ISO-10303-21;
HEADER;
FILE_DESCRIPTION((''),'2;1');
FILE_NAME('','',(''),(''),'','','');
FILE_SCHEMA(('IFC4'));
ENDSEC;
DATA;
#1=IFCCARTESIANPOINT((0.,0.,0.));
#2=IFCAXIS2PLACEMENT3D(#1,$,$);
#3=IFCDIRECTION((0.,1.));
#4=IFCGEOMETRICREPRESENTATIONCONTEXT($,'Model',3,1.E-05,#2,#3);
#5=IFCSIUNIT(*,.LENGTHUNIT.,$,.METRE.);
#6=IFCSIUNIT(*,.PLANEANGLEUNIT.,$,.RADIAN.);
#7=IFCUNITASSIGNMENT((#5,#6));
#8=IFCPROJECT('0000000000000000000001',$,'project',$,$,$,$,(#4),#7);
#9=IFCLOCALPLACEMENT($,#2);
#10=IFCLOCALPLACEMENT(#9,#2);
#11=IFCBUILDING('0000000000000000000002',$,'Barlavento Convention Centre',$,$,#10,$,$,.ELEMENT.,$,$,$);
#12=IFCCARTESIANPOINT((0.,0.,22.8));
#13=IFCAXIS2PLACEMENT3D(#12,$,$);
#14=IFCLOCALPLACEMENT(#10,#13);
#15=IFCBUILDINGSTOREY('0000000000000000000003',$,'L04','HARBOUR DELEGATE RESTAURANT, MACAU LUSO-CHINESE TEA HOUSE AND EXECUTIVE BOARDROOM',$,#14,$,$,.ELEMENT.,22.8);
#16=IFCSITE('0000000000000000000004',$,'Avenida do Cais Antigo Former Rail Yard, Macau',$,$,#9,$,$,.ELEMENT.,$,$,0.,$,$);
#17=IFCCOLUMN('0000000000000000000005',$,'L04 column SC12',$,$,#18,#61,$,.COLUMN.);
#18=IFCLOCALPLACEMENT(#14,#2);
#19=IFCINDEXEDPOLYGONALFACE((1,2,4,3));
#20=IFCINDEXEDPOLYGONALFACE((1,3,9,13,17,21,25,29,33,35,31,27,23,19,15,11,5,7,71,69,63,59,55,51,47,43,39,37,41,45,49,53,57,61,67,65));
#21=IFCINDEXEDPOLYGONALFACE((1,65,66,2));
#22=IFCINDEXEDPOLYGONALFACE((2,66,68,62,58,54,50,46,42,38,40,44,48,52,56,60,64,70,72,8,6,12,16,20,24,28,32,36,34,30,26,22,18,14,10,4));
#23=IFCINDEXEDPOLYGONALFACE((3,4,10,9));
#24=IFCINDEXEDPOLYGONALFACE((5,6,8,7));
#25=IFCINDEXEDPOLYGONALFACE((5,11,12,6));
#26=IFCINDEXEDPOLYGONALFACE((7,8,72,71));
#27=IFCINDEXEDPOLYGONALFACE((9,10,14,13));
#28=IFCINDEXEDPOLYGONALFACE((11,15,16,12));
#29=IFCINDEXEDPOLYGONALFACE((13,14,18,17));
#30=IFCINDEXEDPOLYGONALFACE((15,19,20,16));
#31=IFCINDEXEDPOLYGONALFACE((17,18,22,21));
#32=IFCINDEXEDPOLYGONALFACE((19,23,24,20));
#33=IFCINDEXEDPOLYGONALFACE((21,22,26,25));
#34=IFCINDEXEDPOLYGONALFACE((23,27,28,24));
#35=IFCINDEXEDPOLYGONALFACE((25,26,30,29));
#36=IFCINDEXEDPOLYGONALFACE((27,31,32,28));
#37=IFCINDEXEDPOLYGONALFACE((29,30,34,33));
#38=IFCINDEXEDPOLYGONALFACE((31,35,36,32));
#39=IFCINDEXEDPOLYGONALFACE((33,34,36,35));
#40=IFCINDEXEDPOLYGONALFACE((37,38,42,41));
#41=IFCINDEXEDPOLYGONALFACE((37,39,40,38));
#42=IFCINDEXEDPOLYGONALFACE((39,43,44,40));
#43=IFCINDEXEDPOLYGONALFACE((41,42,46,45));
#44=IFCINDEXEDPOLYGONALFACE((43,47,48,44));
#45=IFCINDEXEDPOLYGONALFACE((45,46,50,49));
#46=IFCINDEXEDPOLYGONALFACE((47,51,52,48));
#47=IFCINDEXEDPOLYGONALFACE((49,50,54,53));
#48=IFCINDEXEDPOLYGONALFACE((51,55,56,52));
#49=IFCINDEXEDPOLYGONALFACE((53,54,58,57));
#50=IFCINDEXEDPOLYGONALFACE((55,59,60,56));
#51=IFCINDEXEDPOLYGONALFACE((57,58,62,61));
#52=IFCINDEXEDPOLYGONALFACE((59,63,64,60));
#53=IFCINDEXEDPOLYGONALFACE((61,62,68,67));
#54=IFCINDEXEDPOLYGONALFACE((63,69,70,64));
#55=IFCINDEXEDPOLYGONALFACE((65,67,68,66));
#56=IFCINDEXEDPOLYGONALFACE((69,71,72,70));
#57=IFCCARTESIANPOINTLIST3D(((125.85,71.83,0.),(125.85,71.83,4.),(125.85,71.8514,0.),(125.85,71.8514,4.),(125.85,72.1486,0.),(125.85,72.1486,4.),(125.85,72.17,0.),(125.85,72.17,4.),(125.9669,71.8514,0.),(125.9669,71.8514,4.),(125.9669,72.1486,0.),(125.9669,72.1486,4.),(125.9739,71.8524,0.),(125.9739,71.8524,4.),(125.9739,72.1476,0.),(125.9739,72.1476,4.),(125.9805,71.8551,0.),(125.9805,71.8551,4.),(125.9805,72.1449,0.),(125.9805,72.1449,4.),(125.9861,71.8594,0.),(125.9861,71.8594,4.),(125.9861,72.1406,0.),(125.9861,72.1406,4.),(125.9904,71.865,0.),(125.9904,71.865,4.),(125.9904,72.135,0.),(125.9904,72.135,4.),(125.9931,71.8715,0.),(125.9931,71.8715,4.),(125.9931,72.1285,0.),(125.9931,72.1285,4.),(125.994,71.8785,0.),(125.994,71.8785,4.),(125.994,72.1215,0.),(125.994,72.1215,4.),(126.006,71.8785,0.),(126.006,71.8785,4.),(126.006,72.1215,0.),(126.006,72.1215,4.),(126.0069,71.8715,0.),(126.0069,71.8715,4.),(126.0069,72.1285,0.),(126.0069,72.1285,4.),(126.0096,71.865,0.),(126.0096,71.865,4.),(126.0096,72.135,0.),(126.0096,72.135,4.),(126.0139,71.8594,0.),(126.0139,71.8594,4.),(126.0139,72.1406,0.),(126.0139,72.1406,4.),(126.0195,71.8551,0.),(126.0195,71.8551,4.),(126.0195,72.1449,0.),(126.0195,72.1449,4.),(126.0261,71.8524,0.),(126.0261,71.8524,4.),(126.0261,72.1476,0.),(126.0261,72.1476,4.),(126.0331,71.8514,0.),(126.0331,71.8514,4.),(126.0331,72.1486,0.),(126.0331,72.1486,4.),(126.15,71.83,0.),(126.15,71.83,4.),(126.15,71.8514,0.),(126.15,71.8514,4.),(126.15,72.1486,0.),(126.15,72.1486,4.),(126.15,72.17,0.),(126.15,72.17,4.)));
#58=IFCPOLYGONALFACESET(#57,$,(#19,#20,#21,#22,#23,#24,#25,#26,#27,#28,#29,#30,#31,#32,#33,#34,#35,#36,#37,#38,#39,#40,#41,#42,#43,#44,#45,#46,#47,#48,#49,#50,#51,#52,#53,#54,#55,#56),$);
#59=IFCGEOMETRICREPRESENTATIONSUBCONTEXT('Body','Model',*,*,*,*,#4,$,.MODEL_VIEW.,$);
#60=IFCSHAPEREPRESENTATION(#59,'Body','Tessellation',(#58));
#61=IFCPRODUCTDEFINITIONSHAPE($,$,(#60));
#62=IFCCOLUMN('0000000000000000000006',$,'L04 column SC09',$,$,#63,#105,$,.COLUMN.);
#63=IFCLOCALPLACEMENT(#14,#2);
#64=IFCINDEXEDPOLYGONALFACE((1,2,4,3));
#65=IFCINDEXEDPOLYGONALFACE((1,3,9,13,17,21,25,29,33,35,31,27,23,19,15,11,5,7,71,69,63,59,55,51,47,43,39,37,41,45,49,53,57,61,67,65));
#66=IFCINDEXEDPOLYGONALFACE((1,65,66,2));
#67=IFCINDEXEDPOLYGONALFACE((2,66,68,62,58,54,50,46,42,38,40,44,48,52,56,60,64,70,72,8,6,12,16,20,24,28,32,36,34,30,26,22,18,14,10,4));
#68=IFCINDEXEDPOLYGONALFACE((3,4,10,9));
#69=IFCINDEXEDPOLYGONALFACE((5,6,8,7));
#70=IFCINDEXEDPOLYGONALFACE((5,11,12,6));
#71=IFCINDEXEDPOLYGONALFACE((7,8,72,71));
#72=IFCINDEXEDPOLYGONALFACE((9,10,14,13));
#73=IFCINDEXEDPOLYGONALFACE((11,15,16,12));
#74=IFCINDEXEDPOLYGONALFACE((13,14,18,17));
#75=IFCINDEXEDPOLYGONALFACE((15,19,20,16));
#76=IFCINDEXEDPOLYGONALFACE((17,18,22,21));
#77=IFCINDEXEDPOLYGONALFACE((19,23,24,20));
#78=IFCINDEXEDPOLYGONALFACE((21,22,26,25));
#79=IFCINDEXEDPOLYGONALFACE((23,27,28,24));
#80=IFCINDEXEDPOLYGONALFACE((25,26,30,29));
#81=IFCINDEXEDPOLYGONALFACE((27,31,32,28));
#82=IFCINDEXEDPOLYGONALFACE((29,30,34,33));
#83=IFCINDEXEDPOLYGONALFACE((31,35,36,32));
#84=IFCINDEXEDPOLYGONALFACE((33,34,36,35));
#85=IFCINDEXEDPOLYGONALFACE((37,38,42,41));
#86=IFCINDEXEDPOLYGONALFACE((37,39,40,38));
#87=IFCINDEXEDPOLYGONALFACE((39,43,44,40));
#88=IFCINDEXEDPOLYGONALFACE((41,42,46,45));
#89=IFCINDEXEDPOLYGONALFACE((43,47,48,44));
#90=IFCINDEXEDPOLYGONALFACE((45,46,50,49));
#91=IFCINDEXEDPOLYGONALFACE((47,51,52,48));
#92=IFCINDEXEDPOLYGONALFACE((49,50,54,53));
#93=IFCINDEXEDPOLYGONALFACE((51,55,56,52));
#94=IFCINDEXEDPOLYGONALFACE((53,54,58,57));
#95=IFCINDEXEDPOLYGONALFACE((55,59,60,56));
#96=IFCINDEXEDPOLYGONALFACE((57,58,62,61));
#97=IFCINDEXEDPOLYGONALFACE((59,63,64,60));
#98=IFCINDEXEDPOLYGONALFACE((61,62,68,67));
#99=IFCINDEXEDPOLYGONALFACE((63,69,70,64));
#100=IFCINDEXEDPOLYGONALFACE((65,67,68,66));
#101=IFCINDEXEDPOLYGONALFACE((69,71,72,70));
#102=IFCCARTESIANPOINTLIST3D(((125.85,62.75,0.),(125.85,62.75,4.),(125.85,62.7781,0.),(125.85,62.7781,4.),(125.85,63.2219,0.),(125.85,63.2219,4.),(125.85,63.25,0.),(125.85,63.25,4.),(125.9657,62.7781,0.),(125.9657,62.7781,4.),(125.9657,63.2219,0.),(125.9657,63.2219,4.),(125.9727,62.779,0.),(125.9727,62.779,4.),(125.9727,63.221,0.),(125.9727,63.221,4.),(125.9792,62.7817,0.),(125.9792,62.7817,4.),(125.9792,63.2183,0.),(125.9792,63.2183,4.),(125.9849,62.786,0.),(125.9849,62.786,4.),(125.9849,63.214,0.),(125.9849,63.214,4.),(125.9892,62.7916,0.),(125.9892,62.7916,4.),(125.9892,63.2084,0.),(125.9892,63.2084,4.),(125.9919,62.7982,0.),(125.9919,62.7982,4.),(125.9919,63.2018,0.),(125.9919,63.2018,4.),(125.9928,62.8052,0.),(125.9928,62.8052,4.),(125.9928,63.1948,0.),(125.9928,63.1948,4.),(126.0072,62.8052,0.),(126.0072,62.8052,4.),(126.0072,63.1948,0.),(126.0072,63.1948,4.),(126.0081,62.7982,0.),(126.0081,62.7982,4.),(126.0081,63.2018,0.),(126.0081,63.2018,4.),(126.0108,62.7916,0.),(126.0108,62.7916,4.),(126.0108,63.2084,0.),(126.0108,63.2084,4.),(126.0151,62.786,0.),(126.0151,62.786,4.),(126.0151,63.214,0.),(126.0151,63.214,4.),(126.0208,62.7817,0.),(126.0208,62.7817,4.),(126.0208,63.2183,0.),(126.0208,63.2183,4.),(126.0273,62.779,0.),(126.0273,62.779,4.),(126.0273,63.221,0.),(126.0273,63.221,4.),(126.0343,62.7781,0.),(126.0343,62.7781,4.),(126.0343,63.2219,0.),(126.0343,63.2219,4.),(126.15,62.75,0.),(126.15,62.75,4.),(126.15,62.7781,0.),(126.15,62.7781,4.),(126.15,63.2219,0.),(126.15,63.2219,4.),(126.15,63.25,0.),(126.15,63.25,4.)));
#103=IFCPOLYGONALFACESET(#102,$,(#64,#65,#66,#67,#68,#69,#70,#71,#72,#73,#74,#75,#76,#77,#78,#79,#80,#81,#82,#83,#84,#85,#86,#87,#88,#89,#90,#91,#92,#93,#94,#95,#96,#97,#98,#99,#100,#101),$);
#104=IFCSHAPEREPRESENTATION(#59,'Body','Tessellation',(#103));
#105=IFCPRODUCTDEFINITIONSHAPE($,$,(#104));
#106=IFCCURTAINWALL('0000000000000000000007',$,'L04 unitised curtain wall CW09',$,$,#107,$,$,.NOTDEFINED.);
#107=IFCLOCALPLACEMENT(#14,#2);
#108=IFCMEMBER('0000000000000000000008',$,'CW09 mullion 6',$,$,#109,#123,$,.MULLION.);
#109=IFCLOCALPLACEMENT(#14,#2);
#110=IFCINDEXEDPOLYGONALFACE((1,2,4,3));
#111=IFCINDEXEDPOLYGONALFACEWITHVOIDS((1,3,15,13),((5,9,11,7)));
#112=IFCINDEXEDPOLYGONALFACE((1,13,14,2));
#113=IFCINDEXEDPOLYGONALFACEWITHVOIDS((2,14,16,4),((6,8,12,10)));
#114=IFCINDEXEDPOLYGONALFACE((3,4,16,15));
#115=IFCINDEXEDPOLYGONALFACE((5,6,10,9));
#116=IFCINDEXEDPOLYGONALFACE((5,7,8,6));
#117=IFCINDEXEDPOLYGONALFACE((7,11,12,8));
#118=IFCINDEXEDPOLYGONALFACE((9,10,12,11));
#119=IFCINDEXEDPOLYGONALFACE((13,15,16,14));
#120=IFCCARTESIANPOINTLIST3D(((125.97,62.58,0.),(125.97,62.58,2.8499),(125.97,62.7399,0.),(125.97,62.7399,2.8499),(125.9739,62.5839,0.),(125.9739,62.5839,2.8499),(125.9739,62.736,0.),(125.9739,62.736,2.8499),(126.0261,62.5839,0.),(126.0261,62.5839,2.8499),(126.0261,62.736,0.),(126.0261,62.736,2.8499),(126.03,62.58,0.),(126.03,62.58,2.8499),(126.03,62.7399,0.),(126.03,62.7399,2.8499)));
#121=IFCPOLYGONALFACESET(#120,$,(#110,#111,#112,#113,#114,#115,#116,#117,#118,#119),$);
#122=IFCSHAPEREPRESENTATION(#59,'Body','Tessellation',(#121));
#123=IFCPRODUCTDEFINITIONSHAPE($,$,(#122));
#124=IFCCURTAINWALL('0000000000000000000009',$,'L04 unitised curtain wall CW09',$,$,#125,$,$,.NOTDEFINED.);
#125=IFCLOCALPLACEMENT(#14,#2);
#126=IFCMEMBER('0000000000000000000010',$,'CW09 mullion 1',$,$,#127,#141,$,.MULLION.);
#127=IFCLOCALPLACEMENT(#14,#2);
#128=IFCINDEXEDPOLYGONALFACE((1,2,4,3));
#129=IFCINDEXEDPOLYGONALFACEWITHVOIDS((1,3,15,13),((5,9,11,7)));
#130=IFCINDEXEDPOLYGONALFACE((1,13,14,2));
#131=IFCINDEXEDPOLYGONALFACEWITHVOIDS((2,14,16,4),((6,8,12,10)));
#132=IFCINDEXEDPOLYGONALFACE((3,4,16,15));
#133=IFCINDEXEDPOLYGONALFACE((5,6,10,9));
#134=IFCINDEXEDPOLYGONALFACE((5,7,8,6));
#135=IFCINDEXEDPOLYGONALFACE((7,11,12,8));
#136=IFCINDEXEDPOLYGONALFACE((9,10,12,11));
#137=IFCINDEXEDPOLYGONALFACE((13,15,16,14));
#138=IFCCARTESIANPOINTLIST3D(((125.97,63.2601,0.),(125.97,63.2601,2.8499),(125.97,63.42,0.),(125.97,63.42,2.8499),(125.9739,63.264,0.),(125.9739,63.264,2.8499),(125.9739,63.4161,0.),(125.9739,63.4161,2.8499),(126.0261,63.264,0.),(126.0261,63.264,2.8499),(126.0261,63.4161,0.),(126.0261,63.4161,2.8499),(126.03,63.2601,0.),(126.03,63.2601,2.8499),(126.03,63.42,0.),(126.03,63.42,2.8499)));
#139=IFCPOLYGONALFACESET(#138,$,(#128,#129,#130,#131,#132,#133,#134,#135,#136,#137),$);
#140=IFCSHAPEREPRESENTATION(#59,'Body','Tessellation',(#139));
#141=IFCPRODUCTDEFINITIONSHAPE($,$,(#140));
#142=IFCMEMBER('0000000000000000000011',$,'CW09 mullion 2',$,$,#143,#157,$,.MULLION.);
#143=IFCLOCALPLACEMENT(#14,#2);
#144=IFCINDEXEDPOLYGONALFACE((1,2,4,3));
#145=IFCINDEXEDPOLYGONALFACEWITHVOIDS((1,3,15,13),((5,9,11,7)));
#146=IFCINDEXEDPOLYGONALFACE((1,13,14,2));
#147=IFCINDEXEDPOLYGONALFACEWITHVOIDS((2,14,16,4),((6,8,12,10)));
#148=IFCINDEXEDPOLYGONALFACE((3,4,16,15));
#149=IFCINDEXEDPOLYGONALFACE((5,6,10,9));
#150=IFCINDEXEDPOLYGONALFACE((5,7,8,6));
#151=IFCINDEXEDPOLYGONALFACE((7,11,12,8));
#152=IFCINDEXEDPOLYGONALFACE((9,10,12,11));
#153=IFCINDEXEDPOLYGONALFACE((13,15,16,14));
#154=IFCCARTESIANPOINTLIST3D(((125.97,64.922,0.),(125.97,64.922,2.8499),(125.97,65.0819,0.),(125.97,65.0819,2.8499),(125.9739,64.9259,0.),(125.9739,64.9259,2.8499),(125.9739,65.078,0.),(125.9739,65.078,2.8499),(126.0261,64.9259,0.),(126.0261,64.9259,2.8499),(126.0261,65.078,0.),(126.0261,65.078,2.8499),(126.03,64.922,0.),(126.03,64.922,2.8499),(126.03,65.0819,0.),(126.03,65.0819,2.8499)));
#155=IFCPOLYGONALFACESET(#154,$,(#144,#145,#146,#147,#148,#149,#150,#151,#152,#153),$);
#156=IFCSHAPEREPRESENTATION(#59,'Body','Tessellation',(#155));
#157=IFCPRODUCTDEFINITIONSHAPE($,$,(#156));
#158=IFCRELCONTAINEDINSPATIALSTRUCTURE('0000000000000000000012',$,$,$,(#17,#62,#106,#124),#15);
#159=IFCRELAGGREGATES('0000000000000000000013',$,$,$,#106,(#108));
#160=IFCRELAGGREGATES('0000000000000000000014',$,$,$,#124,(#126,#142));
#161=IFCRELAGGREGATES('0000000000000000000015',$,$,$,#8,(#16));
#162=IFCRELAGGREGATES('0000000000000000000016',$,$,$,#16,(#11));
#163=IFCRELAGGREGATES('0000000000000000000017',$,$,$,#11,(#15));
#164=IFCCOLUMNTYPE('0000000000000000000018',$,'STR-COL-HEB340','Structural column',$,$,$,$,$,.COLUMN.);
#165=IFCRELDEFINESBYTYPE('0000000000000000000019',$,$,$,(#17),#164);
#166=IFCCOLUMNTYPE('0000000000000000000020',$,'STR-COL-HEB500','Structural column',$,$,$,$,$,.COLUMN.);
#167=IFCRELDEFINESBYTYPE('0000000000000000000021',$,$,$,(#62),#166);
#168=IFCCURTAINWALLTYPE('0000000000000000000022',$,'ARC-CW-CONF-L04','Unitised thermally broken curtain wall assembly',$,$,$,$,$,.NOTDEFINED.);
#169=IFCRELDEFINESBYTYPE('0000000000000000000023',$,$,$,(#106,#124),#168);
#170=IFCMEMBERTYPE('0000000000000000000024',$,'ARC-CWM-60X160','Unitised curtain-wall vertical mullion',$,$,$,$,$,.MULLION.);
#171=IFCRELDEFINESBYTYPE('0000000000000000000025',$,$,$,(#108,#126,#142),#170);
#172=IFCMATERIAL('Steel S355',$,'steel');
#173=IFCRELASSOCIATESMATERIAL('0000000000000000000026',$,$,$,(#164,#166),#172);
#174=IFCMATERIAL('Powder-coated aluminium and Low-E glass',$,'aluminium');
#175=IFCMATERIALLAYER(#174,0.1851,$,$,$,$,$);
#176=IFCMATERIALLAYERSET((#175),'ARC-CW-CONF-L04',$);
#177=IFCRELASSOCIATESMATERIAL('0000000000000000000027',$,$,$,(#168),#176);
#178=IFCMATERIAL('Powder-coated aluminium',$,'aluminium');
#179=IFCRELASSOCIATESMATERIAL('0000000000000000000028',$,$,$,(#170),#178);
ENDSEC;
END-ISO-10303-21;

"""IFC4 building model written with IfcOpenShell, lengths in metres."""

from ifc_helpers import new_model, si_unit, direction, frame, origin, origin_2d, place, context, subcontext, project, spatial, hollow_rectangle, i_section, extrude, material, layer, layer_set, material_profile, profile_set, type_object, element, aggregate, save


model = new_model("IFC4")

# Units and contexts
model_context = context("Model", 3, precision=1e-05, world=origin(), true_north=direction((0.0, 1.0)))
body_context = subcontext(model_context, "Body", "Model", "MODEL_VIEW")
ifc_project = project(units=[si_unit("LENGTHUNIT", "METRE"), si_unit("PLANEANGLEUNIT", "RADIAN")], contexts=[model_context])

# Site, building, storey
site_placement = place(None, origin())
site = spatial("IfcSite", under=ifc_project, at=site_placement, Name="Avenida do Cais Antigo Former Rail Yard, Macau", CompositionType="ELEMENT", RefElevation=0.0)
building_placement = place(site_placement, origin())
building = spatial("IfcBuilding", under=site, at=building_placement, Name="Barlavento Convention Centre", CompositionType="ELEMENT")
storey_placement = place(building_placement, frame((0.0, 0.0, 22.8)))
storey = spatial("IfcBuildingStorey", under=building, at=storey_placement, Name="L04", Description="HARBOUR DELEGATE RESTAURANT, MACAU LUSO-CHINESE TEA HOUSE AND EXECUTIVE BOARDROOM", CompositionType="ELEMENT", Elevation=22.8)

# Columns
ifc_material_1 = material(Name="Steel S355", Category="steel")
ifc_material_profile_1 = material_profile(ifc_material_1, i_section(OverallWidth=0.3, OverallDepth=0.3401, WebThickness=0.012, FlangeThickness=0.0215, FilletRadius=0.0271, at=origin_2d()), Name="HEB 340")
ifc_profile_set_1 = profile_set([ifc_material_profile_1], Name="Steel S355")
column_type_1 = type_object("IfcColumnType", Name="STR-COL-HEB340", Description="Structural column", PredefinedType="COLUMN", material=ifc_profile_set_1)
column_1_placement = place(storey_placement, frame((126.0, 72.0, 0.0), z_axis=(0.0, 0.0, 1.0), x_axis=(1.0, 0.0, 0.0)))
element("IfcColumn", 1, at=column_1_placement, inside=storey, type_object=column_type_1, Name="L04 column SC12", PredefinedType="COLUMN", context=body_context, shape_type="SweptSolid", body=[
    extrude(i_section(OverallWidth=0.3, OverallDepth=0.3401, WebThickness=0.012, FlangeThickness=0.0215, FilletRadius=0.0271, at=origin_2d()), origin(), (0.0, 0.0, 1.0), 4.0),
])
ifc_material_profile_2 = material_profile(ifc_material_1, i_section(OverallWidth=0.3, OverallDepth=0.5, WebThickness=0.0144, FlangeThickness=0.0281, FilletRadius=0.0271, at=origin_2d()), Name="HEB 500")
ifc_profile_set_2 = profile_set([ifc_material_profile_2], Name="Steel S355")
column_type_2 = type_object("IfcColumnType", Name="STR-COL-HEB500", Description="Structural column", PredefinedType="COLUMN", material=ifc_profile_set_2)
column_2_placement = place(storey_placement, frame((126.0, 63.0, 0.0), z_axis=(0.0, 0.0, 1.0), x_axis=(1.0, 0.0, 0.0)))
element("IfcColumn", 2, at=column_2_placement, inside=storey, type_object=column_type_2, Name="L04 column SC09", PredefinedType="COLUMN", context=body_context, shape_type="SweptSolid", body=[
    extrude(i_section(OverallWidth=0.3, OverallDepth=0.5, WebThickness=0.0144, FlangeThickness=0.0281, FilletRadius=0.0271, at=origin_2d()), origin(), (0.0, 0.0, 1.0), 4.0),
])

# Curtain wall, member
ifc_material_2 = material(Name="Powder-coated aluminium and Low-E glass", Category="aluminium")
ifc_layer = layer(ifc_material_2, 0.1851)
ifc_layer_set = layer_set([ifc_layer], Name="ARC-CW-CONF-L04")
curtain_wall_type = type_object("IfcCurtainWallType", Name="ARC-CW-CONF-L04", Description="Unitised thermally broken curtain wall assembly", PredefinedType="NOTDEFINED", material=ifc_layer_set)
curtain_wall_1_placement = place(storey_placement, origin())
curtain_wall_1 = element("IfcCurtainWall", 3, at=curtain_wall_1_placement, inside=storey, type_object=curtain_wall_type, Name="L04 unitised curtain wall CW09", PredefinedType="NOTDEFINED")
ifc_material_3 = material(Name="Powder-coated aluminium", Category="aluminium")
ifc_material_profile_3 = material_profile(ifc_material_3, hollow_rectangle(XDim=0.0601, YDim=0.1599, WallThickness=0.0039, at=origin_2d()), Name="AL-MULL 60x160x4")
ifc_profile_set_3 = profile_set([ifc_material_profile_3], Name="Powder-coated aluminium")
member_type = type_object("IfcMemberType", Name="ARC-CWM-60X160", Description="Unitised curtain-wall vertical mullion", PredefinedType="MULLION", material=ifc_profile_set_3)
member_1_placement = place(storey_placement, frame((126.0, 62.6599, 0.0), z_axis=(0.0, 0.0, 1.0), x_axis=(-1.0, 0.0, 0.0)))
member_1 = element("IfcMember", 4, at=member_1_placement, type_object=member_type, Name="CW09 mullion 6", PredefinedType="MULLION", context=body_context, shape_type="SweptSolid", body=[
    extrude(hollow_rectangle(XDim=0.0601, YDim=0.1599, WallThickness=0.0039, at=origin_2d()), origin(), (0.0, 0.0, 1.0), 2.8499),
])
aggregate(curtain_wall_1, [member_1])

# Curtain wall, members
curtain_wall_2_placement = place(storey_placement, origin())
curtain_wall_2 = element("IfcCurtainWall", 5, at=curtain_wall_2_placement, inside=storey, type_object=curtain_wall_type, Name="L04 unitised curtain wall CW09", PredefinedType="NOTDEFINED")
member_2_placement = place(storey_placement, frame((126.0, 63.3401, 0.0), z_axis=(0.0, 0.0, 1.0), x_axis=(-1.0, 0.0, 0.0)))
member_2 = element("IfcMember", 6, at=member_2_placement, type_object=member_type, Name="CW09 mullion 1", PredefinedType="MULLION", context=body_context, shape_type="SweptSolid", body=[
    extrude(hollow_rectangle(XDim=0.0601, YDim=0.1599, WallThickness=0.0039, at=origin_2d()), origin(), (0.0, 0.0, 1.0), 2.8499),
])
member_3_placement = place(storey_placement, frame((126.0, 65.002, 0.0), z_axis=(0.0, 0.0, 1.0), x_axis=(-1.0, 0.0, 0.0)))
member_3 = element("IfcMember", 7, at=member_3_placement, type_object=member_type, Name="CW09 mullion 2", PredefinedType="MULLION", context=body_context, shape_type="SweptSolid", body=[
    extrude(hollow_rectangle(XDim=0.0601, YDim=0.1599, WallThickness=0.0039, at=origin_2d()), origin(), (0.0, 0.0, 1.0), 2.8499),
])
aggregate(curtain_wall_2, [member_2, member_3])

save(model, "model.ifc")
